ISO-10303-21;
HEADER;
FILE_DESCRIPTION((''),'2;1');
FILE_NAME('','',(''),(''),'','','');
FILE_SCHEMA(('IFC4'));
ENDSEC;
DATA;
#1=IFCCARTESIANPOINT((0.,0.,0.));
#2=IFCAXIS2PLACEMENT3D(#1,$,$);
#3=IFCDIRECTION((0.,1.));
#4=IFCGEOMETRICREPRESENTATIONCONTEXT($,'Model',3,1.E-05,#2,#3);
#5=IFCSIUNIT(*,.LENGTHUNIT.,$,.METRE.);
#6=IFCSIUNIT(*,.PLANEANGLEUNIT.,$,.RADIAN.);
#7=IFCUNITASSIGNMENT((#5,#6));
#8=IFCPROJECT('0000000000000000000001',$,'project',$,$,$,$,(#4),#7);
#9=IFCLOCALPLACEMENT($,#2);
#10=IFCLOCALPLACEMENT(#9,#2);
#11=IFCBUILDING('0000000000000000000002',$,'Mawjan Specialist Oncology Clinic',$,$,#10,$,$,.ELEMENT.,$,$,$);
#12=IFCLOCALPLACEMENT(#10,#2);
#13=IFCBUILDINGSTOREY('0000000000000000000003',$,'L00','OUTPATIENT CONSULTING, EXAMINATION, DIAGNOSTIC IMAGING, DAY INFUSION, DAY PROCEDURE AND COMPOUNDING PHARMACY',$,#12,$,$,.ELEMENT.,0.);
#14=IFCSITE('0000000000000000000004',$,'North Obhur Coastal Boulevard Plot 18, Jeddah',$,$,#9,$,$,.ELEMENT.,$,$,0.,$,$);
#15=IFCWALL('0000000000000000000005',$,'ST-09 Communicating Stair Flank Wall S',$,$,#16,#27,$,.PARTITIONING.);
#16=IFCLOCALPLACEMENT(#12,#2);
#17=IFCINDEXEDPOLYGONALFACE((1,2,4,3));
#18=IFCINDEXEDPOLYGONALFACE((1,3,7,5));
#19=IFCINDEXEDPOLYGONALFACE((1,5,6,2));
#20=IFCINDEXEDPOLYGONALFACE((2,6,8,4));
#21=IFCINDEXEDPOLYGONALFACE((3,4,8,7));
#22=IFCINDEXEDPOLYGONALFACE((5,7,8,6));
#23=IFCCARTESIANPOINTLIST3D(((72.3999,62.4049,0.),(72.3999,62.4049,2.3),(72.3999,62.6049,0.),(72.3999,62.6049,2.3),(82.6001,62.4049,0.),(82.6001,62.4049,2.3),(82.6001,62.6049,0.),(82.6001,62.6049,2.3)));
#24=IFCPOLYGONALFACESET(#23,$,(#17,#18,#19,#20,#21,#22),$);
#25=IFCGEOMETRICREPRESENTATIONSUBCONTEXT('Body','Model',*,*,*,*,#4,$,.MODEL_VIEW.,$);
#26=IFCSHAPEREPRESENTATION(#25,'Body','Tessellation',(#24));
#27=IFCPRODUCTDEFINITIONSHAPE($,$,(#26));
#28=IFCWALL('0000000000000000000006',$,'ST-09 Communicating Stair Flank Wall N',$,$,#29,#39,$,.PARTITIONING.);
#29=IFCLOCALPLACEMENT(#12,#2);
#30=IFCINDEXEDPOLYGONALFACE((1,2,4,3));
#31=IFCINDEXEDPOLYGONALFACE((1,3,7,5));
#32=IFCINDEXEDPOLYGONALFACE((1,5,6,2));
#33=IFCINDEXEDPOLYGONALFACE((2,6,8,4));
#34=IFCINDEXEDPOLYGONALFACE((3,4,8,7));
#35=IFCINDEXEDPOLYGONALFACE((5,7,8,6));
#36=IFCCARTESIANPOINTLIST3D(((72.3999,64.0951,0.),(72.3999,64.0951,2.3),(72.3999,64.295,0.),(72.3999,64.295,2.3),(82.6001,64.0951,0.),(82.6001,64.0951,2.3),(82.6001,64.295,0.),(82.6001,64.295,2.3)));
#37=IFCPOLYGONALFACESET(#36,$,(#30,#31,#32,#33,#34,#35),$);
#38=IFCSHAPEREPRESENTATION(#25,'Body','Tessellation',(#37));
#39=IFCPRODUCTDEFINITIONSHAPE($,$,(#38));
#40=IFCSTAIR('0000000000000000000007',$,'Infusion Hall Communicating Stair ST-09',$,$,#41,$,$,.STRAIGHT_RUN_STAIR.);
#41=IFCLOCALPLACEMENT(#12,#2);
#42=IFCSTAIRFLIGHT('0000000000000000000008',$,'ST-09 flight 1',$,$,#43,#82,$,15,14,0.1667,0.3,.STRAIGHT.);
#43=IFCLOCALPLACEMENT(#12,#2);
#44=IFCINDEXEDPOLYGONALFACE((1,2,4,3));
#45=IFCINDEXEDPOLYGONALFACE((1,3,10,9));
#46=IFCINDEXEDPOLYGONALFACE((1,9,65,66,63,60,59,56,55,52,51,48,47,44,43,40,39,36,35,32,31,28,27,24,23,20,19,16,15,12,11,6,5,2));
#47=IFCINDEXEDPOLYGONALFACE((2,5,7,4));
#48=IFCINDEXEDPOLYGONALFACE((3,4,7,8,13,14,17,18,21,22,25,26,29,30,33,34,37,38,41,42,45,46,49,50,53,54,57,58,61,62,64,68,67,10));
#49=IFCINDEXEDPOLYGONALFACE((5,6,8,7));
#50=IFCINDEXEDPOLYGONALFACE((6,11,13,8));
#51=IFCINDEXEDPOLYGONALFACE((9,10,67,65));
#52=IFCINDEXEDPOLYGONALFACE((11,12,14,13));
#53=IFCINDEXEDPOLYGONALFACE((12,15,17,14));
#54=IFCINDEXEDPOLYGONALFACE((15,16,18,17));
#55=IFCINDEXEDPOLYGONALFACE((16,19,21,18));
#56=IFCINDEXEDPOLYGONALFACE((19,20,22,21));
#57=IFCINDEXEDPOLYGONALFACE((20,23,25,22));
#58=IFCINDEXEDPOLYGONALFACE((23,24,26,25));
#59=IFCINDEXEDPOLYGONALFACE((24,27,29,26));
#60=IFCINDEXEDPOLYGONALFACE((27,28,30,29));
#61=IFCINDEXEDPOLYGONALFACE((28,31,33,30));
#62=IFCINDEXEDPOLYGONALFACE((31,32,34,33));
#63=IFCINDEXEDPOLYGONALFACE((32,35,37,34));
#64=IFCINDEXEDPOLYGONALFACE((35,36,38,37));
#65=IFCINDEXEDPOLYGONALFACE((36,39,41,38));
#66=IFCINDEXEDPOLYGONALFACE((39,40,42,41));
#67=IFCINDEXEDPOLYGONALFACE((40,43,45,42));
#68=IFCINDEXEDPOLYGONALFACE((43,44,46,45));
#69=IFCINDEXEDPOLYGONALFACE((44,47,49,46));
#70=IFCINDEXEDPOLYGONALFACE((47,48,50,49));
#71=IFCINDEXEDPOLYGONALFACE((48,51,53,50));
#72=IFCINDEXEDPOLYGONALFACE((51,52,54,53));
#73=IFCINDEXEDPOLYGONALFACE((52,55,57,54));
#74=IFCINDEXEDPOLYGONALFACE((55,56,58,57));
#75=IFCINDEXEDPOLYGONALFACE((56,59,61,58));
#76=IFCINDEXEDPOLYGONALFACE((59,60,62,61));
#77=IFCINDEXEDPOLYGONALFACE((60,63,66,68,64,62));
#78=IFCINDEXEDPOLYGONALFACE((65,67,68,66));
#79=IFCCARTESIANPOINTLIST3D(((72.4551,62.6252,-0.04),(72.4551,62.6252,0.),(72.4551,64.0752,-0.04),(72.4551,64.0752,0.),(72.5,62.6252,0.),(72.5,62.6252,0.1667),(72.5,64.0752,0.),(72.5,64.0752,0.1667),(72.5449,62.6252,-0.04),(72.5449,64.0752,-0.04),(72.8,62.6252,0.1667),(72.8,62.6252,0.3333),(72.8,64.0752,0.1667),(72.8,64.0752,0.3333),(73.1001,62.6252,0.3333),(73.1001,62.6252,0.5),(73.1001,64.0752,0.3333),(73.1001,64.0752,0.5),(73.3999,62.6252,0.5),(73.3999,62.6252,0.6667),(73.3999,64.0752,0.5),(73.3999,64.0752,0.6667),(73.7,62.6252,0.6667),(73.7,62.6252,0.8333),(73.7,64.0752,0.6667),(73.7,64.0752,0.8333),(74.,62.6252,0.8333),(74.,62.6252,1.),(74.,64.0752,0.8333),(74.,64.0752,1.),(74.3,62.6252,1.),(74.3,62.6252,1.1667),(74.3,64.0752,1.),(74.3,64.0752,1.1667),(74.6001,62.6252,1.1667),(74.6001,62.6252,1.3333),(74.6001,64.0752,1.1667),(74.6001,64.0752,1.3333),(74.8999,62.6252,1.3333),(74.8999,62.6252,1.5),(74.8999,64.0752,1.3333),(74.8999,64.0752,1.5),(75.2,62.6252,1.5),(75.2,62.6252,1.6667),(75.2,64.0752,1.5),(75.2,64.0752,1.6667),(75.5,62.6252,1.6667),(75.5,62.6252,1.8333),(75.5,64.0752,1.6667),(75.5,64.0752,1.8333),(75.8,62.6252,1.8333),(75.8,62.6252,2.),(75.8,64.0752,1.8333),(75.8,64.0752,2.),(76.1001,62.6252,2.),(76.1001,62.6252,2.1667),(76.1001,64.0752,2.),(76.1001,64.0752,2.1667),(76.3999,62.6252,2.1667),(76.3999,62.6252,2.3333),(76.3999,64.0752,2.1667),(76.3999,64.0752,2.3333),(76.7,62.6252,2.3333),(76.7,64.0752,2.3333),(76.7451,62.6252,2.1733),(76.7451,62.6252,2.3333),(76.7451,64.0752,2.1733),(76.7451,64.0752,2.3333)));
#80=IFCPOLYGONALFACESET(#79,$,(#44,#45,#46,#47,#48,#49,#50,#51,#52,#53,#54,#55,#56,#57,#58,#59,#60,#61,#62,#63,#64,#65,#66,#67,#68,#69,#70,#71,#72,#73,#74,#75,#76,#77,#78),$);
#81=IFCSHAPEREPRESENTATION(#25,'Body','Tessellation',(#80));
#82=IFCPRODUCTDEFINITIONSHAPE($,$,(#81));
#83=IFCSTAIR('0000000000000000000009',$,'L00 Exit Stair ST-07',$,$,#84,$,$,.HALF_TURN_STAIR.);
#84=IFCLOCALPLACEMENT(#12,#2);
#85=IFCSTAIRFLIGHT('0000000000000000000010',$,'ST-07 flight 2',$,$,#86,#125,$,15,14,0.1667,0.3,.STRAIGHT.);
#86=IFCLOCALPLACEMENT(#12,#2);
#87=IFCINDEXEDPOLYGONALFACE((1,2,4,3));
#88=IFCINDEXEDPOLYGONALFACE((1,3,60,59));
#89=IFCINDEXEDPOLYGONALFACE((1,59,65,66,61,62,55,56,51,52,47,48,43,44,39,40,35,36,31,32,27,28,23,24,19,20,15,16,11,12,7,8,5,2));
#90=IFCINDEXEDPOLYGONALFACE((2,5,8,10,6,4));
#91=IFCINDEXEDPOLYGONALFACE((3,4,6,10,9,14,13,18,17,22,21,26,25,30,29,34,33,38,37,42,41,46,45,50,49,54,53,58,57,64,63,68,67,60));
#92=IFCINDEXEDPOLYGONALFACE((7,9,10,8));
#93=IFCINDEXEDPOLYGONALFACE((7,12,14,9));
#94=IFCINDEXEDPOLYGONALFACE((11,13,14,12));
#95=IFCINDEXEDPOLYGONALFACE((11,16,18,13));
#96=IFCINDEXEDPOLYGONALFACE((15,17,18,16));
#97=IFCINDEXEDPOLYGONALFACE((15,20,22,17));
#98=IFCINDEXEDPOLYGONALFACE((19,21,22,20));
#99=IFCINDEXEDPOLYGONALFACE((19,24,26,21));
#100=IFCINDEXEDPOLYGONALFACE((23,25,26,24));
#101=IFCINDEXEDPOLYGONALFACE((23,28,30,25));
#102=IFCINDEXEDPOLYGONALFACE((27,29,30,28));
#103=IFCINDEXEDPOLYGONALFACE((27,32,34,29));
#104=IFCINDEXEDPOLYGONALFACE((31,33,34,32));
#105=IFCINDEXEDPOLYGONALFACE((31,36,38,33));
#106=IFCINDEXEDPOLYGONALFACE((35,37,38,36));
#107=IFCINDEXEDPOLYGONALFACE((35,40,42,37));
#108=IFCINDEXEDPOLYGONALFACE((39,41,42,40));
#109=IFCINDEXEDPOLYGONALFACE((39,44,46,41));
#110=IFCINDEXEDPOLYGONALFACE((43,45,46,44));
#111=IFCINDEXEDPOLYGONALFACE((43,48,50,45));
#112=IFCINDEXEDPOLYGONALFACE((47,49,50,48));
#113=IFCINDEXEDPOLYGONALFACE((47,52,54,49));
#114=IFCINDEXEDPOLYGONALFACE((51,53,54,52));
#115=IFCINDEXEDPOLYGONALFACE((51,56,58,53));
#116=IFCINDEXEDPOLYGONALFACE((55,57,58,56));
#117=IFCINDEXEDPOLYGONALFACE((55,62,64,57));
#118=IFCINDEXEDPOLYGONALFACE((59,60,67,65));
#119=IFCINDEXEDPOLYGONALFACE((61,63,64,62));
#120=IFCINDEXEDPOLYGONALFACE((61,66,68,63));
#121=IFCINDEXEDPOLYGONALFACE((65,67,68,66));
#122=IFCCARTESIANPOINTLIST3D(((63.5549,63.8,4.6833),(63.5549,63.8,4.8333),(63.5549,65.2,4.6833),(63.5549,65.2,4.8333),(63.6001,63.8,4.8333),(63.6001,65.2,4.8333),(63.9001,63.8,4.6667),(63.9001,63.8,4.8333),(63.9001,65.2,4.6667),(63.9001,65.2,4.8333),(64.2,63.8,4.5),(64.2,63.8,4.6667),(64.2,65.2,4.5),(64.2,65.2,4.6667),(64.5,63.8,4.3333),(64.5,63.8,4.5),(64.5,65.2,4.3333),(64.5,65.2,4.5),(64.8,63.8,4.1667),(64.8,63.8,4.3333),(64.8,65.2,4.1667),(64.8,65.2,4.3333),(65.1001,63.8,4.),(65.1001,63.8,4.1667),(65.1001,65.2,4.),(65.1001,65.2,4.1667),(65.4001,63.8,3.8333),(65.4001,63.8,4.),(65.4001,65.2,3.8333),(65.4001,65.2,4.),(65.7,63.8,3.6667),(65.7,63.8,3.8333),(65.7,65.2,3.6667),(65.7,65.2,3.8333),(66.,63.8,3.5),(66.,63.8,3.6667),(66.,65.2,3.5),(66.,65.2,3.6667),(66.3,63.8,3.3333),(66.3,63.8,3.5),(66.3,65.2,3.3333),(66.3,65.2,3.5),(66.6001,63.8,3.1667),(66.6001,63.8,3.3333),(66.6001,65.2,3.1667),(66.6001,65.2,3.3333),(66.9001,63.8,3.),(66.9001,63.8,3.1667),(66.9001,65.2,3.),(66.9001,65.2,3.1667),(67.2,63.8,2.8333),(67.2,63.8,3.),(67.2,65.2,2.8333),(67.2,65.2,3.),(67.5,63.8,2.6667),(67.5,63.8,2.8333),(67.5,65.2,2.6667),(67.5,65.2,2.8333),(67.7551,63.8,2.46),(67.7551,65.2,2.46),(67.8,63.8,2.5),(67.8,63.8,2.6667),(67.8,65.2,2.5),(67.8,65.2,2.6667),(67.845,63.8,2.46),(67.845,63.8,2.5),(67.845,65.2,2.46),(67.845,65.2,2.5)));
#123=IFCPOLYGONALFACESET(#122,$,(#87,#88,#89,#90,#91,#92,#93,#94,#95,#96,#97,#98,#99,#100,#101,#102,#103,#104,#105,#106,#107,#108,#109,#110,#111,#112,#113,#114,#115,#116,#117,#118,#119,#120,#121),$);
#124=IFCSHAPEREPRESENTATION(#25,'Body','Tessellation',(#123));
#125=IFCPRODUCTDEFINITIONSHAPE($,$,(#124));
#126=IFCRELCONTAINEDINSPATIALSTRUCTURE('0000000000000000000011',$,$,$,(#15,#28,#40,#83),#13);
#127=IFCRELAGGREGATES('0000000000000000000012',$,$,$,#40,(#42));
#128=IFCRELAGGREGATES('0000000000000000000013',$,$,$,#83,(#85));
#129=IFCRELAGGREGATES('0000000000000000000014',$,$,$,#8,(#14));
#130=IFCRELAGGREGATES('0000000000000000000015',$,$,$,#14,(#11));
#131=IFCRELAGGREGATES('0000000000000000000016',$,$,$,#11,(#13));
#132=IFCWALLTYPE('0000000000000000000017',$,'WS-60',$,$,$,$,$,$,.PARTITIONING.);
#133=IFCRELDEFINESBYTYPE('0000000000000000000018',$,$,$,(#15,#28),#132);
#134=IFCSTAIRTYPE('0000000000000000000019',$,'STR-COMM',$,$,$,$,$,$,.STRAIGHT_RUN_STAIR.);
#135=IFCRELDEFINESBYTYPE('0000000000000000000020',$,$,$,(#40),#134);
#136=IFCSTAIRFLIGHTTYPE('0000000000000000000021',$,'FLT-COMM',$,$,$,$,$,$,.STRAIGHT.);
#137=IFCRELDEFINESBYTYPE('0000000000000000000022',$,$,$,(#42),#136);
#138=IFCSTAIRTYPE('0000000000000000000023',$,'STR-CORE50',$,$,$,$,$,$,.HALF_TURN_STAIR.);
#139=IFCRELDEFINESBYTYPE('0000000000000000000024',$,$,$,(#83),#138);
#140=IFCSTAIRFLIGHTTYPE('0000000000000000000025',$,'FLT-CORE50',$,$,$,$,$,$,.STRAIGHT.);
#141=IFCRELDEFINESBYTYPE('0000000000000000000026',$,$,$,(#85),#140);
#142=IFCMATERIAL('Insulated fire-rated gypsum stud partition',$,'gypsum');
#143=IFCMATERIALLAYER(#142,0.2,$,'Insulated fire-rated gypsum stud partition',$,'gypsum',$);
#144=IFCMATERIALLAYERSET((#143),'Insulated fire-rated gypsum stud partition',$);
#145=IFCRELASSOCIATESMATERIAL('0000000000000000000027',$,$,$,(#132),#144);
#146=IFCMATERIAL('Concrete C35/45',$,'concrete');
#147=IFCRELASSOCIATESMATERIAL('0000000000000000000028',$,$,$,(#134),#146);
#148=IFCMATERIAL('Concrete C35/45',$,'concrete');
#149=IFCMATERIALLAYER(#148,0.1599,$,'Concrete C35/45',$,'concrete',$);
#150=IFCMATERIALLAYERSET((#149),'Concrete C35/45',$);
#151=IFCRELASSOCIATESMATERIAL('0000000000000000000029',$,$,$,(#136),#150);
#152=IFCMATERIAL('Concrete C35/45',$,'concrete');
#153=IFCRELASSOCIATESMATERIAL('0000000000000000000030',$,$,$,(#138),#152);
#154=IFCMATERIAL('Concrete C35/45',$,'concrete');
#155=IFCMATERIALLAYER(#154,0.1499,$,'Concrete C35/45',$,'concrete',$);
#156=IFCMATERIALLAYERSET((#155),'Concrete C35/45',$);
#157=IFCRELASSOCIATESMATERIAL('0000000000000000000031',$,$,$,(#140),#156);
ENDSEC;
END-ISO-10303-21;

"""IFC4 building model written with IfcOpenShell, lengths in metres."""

from ifc_helpers import new_model, si_unit, direction, frame, frame_2d, origin, place, context, subcontext, project, spatial, polyline, rectangle, outline, extrude, material, layer, layer_set, type_object, element, aggregate, save


model = new_model("IFC4")

# Units and contexts
model_context = context("Model", 3, precision=1e-05, world=origin(), true_north=direction((0.0, 1.0)))
body_context = subcontext(model_context, "Body", "Model", "MODEL_VIEW")
ifc_project = project(units=[si_unit("LENGTHUNIT", "METRE"), si_unit("PLANEANGLEUNIT", "RADIAN")], contexts=[model_context])

# Site, building, storey
site_placement = place(None, origin())
site = spatial("IfcSite", under=ifc_project, at=site_placement, Name="North Obhur Coastal Boulevard Plot 18, Jeddah", CompositionType="ELEMENT", RefElevation=0.0)
building_placement = place(site_placement, origin())
building = spatial("IfcBuilding", under=site, at=building_placement, Name="Mawjan Specialist Oncology Clinic", CompositionType="ELEMENT")
storey_placement = place(building_placement, origin())
storey = spatial("IfcBuildingStorey", under=building, at=storey_placement, Name="L00", Description="OUTPATIENT CONSULTING, EXAMINATION, DIAGNOSTIC IMAGING, DAY INFUSION, DAY PROCEDURE AND COMPOUNDING PHARMACY", CompositionType="ELEMENT", Elevation=0.0)

# Walls
ifc_material_1 = material(Name="Insulated fire-rated gypsum stud partition", Category="gypsum")
ifc_layer_1 = layer(ifc_material_1, 0.2, Name="Insulated fire-rated gypsum stud partition", Category="gypsum")
ifc_layer_set_1 = layer_set([ifc_layer_1], Name="Insulated fire-rated gypsum stud partition")
wall_type_1 = type_object("IfcWallType", Name="WS-60", PredefinedType="PARTITIONING", material=ifc_layer_set_1)
for number, where, z_axis, x_axis, name in (
    (1, (72.3999, 62.5049, 0.0), (0.0, 0.0, 1.0), (1.0, 0.0, 0.0), "ST-09 Communicating Stair Flank Wall S"),
    (2, (72.3999, 64.1951, 0.0), (0.0, 0.0, 1.0), (1.0, 0.0, 0.0), "ST-09 Communicating Stair Flank Wall N"),
):
    element("IfcWall", number, at=place(storey_placement, frame(where, z_axis=z_axis, x_axis=x_axis)), inside=storey, type_object=wall_type_1, Name=name, PredefinedType="PARTITIONING", context=body_context, shape_type="SweptSolid", body=[
        extrude(rectangle(XDim=10.2002, YDim=0.2, at=frame_2d((5.1001, 0.0))), origin(), (0.0, 0.0, 1.0), 2.3),
    ])

# Stairs, stair flights
ifc_material_2 = material(Name="Concrete C35/45", Category="concrete")
stair_type_1 = type_object("IfcStairType", Name="STR-COMM", PredefinedType="STRAIGHT_RUN_STAIR", material=ifc_material_2)
stair_1_placement = place(storey_placement, origin())
stair_1 = element("IfcStair", 3, at=stair_1_placement, inside=storey, type_object=stair_type_1, Name="Infusion Hall Communicating Stair ST-09", PredefinedType="STRAIGHT_RUN_STAIR")
ifc_material_3 = material(Name="Concrete C35/45", Category="concrete")
ifc_layer_2 = layer(ifc_material_3, 0.1599, Name="Concrete C35/45", Category="concrete")
ifc_layer_set_2 = layer_set([ifc_layer_2], Name="Concrete C35/45")
stair_flight_type_1 = type_object("IfcStairFlightType", Name="FLT-COMM", PredefinedType="STRAIGHT", material=ifc_layer_set_2)
stair_flight_1_placement = place(storey_placement, frame((72.5, 63.3501, 0.0), z_axis=(0.0, 0.0, 1.0), x_axis=(1.0, 0.0, 0.0)))
stair_flight_1 = element("IfcStairFlight", 4, at=stair_flight_1_placement, type_object=stair_flight_type_1, Name="ST-09 flight 1", NumberOfRisers=15, NumberOfTreads=14, PredefinedType="STRAIGHT", RiserHeight=0.1667, TreadLength=0.3, context=body_context, shape_type="SweptSolid", body=[
    extrude(outline(polyline([(-0.0449, -0.04), (-0.0449, 0.0), (0.0, 0.0), (0.0, 0.1667), (0.3, 0.1667), (0.3, 0.3333), (0.6001, 0.3333), (0.6001, 0.5), (0.8999, 0.5), (0.8999, 0.6667), (1.2, 0.6667), (1.2, 0.8333), (1.5, 0.8333), (1.5, 1.0), (1.8, 1.0), (1.8, 1.1667), (2.1001, 1.1667), (2.1001, 1.3333), (2.3999, 1.3333), (2.3999, 1.5), (2.7, 1.5), (2.7, 1.6667), (3.0, 1.6667), (3.0, 1.8333), (3.3, 1.8333), (3.3, 2.0), (3.6001, 2.0), (3.6001, 2.1667), (3.8999, 2.1667), (3.8999, 2.3333), (4.2, 2.3333), (4.2451, 2.3333), (4.2451, 2.1733), (0.0449, -0.04), (-0.0449, -0.04)])), frame((0.0, 0.7251, 0.0), z_axis=(0.0, -1.0, 0.0), x_axis=(1.0, 0.0, 0.0)), (0.0, 0.0, 1.0), 1.45),
])
aggregate(stair_1, [stair_flight_1])
ifc_material_4 = material(Name="Concrete C35/45", Category="concrete")
stair_type_2 = type_object("IfcStairType", Name="STR-CORE50", PredefinedType="HALF_TURN_STAIR", material=ifc_material_4)
stair_2_placement = place(storey_placement, origin())
stair_2 = element("IfcStair", 5, at=stair_2_placement, inside=storey, type_object=stair_type_2, Name="L00 Exit Stair ST-07", PredefinedType="HALF_TURN_STAIR")
ifc_material_5 = material(Name="Concrete C35/45", Category="concrete")
ifc_layer_3 = layer(ifc_material_5, 0.1499, Name="Concrete C35/45", Category="concrete")
ifc_layer_set_3 = layer_set([ifc_layer_3], Name="Concrete C35/45")
stair_flight_type_2 = type_object("IfcStairFlightType", Name="FLT-CORE50", PredefinedType="STRAIGHT", material=ifc_layer_set_3)
stair_flight_2_placement = place(storey_placement, frame((67.8, 64.5, 2.5), z_axis=(0.0, 0.0, 1.0), x_axis=(-1.0, 0.0, 0.0)))
stair_flight_2 = element("IfcStairFlight", 6, at=stair_flight_2_placement, type_object=stair_flight_type_2, Name="ST-07 flight 2", NumberOfRisers=15, NumberOfTreads=14, PredefinedType="STRAIGHT", RiserHeight=0.1667, TreadLength=0.3, context=body_context, shape_type="SweptSolid", body=[
    extrude(outline(polyline([(-0.0449, -0.04), (-0.0449, 0.0), (0.0, 0.0), (0.0, 0.1667), (0.3, 0.1667), (0.3, 0.3333), (0.6001, 0.3333), (0.6001, 0.5), (0.8999, 0.5), (0.8999, 0.6667), (1.2, 0.6667), (1.2, 0.8333), (1.5, 0.8333), (1.5, 1.0), (1.8, 1.0), (1.8, 1.1667), (2.1001, 1.1667), (2.1001, 1.3333), (2.3999, 1.3333), (2.3999, 1.5), (2.7, 1.5), (2.7, 1.6667), (3.0, 1.6667), (3.0, 1.8333), (3.3, 1.8333), (3.3, 2.0), (3.6001, 2.0), (3.6001, 2.1667), (3.8999, 2.1667), (3.8999, 2.3333), (4.2, 2.3333), (4.2451, 2.3333), (4.2451, 2.1833), (0.0449, -0.04), (-0.0449, -0.04)])), frame((0.0, 0.7, 0.0), z_axis=(0.0, -1.0, 0.0), x_axis=(1.0, 0.0, 0.0)), (0.0, 0.0, 1.0), 1.3999),
])
aggregate(stair_2, [stair_flight_2])

save(model, "model.ifc")
